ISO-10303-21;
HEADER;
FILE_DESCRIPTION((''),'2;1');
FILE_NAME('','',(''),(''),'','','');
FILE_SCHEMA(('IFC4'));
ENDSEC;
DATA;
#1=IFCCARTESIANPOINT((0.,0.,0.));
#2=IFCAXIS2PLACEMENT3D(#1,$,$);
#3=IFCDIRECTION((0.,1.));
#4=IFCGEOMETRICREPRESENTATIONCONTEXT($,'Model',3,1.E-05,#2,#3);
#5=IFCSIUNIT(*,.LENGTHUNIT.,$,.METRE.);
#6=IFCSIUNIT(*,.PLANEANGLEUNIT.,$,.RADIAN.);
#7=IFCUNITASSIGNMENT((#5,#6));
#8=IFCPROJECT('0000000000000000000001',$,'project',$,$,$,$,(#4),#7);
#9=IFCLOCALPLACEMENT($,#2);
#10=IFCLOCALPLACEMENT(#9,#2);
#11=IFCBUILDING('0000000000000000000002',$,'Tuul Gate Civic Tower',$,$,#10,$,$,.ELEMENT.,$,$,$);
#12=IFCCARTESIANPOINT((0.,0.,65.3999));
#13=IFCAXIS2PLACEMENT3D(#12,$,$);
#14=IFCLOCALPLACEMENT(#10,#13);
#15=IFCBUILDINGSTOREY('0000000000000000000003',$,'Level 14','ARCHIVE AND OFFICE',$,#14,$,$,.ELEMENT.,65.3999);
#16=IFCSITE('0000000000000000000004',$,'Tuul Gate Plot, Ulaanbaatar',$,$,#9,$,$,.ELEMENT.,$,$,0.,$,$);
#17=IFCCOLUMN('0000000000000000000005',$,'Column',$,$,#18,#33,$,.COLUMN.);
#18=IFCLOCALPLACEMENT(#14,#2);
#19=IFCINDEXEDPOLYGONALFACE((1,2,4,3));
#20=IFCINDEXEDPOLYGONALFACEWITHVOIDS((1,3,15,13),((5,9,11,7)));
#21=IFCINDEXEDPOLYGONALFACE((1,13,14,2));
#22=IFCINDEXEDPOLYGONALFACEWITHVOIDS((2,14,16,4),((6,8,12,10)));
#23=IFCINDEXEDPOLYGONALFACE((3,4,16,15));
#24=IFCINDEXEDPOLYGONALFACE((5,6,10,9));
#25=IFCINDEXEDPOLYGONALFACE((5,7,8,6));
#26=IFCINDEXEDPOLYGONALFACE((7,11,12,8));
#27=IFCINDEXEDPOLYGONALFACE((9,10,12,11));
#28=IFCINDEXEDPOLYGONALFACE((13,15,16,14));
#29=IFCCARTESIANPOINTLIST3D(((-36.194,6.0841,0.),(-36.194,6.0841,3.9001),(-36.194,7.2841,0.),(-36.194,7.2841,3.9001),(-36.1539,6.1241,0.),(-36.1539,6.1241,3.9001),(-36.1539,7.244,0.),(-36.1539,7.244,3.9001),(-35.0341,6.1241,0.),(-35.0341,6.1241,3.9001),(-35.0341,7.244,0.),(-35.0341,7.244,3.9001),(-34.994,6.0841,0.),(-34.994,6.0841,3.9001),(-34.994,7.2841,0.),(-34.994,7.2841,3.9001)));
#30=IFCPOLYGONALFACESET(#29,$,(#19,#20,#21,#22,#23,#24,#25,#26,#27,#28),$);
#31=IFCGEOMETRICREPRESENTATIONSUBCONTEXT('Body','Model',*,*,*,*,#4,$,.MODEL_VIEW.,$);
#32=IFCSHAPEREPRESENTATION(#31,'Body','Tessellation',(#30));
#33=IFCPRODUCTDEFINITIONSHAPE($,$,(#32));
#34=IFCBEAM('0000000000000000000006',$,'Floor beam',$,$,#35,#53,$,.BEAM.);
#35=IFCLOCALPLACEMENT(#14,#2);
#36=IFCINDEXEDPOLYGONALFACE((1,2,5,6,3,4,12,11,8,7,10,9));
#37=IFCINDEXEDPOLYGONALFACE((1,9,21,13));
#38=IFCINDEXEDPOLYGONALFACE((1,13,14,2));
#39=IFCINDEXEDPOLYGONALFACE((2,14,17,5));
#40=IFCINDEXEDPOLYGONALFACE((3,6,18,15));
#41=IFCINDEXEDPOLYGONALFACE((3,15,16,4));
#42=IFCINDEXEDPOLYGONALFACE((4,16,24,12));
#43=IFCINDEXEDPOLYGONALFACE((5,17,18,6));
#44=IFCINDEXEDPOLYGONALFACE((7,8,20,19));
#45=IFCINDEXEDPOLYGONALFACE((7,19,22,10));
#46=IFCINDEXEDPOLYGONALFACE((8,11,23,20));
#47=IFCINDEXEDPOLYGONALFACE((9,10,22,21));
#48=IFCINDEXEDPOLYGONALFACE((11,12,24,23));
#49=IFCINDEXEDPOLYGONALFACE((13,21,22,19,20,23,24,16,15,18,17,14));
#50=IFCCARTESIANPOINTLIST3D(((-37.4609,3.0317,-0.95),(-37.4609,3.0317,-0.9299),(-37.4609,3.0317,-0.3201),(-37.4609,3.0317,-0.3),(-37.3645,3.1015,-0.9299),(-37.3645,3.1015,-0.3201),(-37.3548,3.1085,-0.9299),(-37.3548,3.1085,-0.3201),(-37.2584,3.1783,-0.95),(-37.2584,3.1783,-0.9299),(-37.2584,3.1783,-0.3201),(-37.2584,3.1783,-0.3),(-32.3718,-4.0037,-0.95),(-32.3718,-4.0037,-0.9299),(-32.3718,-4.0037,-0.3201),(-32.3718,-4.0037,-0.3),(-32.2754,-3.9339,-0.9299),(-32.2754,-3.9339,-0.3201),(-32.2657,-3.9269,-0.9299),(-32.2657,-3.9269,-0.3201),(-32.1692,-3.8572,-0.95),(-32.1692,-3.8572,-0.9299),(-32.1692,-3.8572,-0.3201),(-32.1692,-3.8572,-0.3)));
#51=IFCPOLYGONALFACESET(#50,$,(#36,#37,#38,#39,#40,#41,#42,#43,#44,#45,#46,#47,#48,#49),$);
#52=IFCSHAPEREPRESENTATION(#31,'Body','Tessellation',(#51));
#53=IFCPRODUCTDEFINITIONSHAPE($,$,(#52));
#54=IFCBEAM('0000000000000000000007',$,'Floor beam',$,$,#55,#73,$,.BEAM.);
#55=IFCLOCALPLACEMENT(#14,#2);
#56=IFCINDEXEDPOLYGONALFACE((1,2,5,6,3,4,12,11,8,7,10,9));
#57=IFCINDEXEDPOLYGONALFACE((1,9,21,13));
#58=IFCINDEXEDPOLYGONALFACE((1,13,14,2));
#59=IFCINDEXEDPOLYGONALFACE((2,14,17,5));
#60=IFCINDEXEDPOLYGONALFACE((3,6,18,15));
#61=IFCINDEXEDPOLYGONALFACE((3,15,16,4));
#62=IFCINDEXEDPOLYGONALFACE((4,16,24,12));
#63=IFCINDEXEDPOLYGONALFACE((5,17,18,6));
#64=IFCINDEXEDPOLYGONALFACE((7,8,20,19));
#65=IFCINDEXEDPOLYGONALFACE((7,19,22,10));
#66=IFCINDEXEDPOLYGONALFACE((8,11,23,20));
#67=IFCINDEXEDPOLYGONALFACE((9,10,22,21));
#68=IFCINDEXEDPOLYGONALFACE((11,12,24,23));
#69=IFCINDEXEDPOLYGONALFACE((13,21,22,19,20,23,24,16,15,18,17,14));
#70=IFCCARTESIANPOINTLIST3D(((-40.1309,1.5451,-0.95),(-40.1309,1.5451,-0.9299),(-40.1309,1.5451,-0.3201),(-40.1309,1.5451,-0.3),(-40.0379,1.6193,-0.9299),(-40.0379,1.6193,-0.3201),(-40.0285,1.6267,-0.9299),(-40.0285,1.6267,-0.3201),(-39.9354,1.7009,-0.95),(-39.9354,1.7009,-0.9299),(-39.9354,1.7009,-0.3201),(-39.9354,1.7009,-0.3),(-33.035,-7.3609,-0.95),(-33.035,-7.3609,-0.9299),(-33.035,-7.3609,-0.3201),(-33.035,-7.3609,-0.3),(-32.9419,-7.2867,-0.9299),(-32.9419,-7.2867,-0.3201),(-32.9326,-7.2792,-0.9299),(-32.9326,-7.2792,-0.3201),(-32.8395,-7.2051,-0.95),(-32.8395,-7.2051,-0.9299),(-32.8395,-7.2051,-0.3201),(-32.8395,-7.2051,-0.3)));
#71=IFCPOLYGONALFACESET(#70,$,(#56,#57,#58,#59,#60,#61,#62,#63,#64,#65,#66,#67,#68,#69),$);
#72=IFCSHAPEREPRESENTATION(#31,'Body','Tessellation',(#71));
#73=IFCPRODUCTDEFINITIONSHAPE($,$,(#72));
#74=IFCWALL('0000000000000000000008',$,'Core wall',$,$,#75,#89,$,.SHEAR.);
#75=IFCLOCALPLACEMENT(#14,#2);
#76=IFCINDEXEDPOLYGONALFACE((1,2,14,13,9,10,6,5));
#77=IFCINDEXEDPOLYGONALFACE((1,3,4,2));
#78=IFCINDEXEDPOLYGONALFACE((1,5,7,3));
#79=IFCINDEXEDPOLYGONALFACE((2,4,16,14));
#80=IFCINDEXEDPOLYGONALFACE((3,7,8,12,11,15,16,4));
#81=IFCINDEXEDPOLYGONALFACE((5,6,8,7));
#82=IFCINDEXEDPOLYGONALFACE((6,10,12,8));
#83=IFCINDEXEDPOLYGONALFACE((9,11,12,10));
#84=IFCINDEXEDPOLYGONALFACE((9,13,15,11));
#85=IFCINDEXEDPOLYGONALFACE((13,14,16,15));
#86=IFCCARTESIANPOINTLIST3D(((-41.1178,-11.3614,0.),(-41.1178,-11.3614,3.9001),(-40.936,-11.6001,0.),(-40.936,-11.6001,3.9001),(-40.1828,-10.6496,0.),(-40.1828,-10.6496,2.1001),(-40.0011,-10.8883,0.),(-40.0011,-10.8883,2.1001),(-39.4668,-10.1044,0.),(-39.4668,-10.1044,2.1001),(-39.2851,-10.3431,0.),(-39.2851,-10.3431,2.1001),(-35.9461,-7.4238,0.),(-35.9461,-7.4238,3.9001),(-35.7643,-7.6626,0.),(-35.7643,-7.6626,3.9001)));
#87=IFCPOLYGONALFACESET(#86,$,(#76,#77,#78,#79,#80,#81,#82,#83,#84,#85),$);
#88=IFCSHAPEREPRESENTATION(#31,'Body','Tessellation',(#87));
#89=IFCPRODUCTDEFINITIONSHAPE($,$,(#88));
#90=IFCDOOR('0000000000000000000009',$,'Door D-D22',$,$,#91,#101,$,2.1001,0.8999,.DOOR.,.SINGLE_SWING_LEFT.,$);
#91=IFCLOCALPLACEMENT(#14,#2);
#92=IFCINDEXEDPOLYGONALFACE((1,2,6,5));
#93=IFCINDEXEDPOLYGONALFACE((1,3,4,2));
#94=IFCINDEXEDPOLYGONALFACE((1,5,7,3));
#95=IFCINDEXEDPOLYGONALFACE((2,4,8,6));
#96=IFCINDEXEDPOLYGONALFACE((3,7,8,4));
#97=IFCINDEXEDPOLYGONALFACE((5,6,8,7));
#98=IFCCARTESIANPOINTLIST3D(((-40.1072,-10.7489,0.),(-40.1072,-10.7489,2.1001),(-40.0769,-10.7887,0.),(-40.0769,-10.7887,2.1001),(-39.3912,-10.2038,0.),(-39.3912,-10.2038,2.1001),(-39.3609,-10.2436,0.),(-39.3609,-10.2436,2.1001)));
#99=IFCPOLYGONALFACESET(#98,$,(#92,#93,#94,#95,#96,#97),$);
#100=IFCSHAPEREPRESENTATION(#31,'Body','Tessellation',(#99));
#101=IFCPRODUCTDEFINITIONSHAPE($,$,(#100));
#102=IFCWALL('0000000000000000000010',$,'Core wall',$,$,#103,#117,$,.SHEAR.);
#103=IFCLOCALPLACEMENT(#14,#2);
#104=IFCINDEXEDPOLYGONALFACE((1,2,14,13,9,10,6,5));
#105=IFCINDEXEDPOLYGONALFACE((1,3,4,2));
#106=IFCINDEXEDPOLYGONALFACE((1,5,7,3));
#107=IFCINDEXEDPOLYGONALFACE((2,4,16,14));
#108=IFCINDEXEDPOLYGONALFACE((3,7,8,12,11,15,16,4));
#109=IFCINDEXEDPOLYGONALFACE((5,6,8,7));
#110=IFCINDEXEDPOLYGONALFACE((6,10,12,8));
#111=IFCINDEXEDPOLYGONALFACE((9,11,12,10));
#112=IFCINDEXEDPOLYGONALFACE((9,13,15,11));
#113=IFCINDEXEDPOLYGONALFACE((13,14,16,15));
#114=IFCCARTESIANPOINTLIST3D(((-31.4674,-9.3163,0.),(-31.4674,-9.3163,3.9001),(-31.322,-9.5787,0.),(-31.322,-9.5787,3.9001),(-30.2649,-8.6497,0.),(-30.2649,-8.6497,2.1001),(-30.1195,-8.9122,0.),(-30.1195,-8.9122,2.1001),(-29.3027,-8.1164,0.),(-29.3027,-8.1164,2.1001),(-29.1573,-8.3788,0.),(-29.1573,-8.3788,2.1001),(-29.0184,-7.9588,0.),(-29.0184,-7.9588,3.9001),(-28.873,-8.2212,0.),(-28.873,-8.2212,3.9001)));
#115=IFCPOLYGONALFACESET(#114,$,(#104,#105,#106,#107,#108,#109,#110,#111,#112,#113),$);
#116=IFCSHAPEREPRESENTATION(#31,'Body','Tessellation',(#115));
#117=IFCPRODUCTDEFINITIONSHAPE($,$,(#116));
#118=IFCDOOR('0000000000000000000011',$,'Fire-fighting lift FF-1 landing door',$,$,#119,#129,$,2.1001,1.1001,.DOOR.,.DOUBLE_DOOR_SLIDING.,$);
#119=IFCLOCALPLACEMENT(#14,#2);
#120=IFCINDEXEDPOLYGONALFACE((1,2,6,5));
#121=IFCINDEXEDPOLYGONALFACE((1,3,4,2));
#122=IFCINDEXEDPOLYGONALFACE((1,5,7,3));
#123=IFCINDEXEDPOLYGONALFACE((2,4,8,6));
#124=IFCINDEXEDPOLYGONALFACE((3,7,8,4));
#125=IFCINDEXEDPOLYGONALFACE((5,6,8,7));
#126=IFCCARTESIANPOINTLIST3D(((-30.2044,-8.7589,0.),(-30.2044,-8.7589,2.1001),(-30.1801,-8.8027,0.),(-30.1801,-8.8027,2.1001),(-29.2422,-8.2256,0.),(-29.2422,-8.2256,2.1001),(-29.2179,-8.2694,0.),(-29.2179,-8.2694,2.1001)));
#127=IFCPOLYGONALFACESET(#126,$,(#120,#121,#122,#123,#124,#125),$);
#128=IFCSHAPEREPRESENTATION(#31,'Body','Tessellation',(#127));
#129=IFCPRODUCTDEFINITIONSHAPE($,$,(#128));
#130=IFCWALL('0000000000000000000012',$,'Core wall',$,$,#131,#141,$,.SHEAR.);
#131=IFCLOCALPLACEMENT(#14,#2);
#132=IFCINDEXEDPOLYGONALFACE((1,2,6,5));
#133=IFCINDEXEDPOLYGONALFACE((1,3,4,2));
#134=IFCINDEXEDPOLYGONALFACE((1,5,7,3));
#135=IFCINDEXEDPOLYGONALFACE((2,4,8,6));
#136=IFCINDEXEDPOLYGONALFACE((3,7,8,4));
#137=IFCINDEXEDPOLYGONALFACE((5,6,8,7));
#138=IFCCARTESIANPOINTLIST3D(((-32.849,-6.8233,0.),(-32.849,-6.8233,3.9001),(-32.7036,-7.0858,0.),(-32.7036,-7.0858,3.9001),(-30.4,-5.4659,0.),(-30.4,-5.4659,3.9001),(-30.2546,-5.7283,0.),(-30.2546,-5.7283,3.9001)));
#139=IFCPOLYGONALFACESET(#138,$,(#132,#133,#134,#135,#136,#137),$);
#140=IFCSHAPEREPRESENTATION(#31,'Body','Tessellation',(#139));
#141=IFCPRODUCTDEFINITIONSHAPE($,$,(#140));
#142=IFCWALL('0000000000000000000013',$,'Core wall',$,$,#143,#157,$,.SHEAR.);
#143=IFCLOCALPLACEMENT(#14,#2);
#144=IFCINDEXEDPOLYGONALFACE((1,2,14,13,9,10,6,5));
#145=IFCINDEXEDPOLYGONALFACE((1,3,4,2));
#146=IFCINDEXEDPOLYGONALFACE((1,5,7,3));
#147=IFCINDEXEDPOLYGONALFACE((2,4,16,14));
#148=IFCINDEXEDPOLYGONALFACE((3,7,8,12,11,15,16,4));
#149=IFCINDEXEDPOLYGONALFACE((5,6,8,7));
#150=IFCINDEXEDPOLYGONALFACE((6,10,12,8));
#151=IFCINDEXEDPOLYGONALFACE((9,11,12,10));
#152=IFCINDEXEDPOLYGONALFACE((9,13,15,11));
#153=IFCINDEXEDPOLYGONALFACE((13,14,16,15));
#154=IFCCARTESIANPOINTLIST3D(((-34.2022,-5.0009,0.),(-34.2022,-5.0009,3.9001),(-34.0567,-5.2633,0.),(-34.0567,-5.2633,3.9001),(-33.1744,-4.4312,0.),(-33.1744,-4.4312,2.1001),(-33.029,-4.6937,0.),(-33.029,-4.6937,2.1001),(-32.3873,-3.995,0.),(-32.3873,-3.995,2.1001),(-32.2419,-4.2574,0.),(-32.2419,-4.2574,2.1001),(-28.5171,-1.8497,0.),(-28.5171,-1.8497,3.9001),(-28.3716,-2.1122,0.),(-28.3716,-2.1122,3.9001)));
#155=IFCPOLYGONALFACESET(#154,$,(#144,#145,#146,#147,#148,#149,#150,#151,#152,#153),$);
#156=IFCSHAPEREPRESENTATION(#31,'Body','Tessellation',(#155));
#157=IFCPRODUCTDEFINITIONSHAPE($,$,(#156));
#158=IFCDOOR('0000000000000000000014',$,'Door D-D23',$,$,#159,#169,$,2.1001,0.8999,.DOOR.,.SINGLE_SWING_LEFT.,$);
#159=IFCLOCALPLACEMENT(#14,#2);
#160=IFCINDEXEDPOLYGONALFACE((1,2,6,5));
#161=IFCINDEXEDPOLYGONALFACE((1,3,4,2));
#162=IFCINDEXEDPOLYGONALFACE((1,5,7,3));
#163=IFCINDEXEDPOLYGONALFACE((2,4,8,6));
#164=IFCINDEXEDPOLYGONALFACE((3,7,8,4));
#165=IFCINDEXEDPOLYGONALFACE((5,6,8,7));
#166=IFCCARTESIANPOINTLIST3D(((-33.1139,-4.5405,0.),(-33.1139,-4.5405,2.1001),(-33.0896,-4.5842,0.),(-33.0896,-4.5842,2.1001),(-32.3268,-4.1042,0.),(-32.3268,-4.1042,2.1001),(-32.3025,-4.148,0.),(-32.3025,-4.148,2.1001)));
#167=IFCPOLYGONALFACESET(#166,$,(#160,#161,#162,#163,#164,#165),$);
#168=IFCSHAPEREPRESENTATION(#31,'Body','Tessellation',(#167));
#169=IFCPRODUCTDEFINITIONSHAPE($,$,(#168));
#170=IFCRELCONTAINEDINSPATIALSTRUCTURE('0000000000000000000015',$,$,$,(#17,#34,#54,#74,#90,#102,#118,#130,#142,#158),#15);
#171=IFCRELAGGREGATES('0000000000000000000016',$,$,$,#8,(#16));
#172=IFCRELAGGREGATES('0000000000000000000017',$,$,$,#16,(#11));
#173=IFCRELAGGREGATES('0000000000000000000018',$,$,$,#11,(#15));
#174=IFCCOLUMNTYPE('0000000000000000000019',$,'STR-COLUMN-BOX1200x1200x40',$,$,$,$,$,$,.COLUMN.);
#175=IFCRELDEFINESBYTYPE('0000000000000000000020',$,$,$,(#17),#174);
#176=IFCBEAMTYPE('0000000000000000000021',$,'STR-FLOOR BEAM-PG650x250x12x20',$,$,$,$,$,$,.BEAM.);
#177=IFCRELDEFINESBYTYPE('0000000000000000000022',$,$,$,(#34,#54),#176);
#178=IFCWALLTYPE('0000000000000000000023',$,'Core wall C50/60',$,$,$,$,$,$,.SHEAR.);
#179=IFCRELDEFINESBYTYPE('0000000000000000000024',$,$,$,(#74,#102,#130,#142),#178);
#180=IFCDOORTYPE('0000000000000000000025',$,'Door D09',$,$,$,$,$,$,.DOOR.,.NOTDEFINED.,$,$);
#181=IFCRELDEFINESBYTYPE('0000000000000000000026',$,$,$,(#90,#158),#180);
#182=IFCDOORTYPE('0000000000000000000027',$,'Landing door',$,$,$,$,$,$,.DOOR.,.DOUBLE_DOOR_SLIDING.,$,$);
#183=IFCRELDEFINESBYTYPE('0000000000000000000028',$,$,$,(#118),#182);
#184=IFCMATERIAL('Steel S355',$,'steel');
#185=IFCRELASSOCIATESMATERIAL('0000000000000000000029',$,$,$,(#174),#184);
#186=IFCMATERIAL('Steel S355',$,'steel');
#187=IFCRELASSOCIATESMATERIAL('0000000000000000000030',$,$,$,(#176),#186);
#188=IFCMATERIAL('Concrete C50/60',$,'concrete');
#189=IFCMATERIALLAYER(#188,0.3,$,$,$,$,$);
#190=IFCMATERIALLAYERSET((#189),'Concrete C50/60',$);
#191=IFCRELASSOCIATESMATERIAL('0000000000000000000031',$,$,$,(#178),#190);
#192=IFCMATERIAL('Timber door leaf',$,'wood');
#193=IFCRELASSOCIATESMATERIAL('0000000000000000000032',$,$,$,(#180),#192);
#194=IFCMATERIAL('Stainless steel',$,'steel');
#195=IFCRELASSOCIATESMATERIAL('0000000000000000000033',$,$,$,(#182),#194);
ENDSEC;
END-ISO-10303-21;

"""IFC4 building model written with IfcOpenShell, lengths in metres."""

from ifc_helpers import new_model, si_unit, direction, frame, frame_2d, origin, origin_2d, place, context, subcontext, project, spatial, rectangle, hollow_rectangle, i_section, extrude, material, layer, layer_set, material_profile, profile_set, type_object, element, fill, save


model = new_model("IFC4")

# Units and contexts
model_context = context("Model", 3, precision=1e-05, world=origin(), true_north=direction((0.0, 1.0)))
body_context = subcontext(model_context, "Body", "Model", "MODEL_VIEW")
ifc_project = project(units=[si_unit("LENGTHUNIT", "METRE"), si_unit("PLANEANGLEUNIT", "RADIAN")], contexts=[model_context])

# Site, building, storey
site_placement = place(None, origin())
site = spatial("IfcSite", under=ifc_project, at=site_placement, Name="Tuul Gate Plot, Ulaanbaatar", CompositionType="ELEMENT", RefElevation=0.0)
building_placement = place(site_placement, origin())
building = spatial("IfcBuilding", under=site, at=building_placement, Name="Tuul Gate Civic Tower", CompositionType="ELEMENT")
storey_placement = place(building_placement, frame((0.0, 0.0, 65.3999)))
storey = spatial("IfcBuildingStorey", under=building, at=storey_placement, Name="Level 14", Description="ARCHIVE AND OFFICE", CompositionType="ELEMENT", Elevation=65.3999)

# Column
ifc_material_1 = material(Name="Steel S355", Category="steel")
ifc_material_profile_1 = material_profile(ifc_material_1, hollow_rectangle(XDim=1.2, YDim=1.2, WallThickness=0.04, at=origin_2d()), Name="BOX1200x1200x40")
ifc_profile_set_1 = profile_set([ifc_material_profile_1], Name="Steel S355")
column_type = type_object("IfcColumnType", Name="STR-COLUMN-BOX1200x1200x40", PredefinedType="COLUMN", material=ifc_profile_set_1)
column_placement = place(storey_placement, frame((-35.594, 6.6841, 0.0), z_axis=(0.0, 0.0, 1.0), x_axis=(1.0, 0.0, 0.0)))
element("IfcColumn", 1, at=column_placement, inside=storey, type_object=column_type, Name="Column", PredefinedType="COLUMN", context=body_context, shape_type="SweptSolid", body=[
    extrude(hollow_rectangle(XDim=1.2, YDim=1.2, WallThickness=0.04, at=origin_2d()), origin(), (0.0, 0.0, 1.0), 3.9001),
])

# Beams
ifc_material_2 = material(Name="Steel S355", Category="steel")
ifc_material_profile_2 = material_profile(ifc_material_2, i_section(OverallWidth=0.25, OverallDepth=0.6499, WebThickness=0.012, FlangeThickness=0.02, at=origin_2d()), Name="PG650x250x12x20")
ifc_profile_set_2 = profile_set([ifc_material_profile_2], Name="Steel S355")
beam_type = type_object("IfcBeamType", Name="STR-FLOOR BEAM-PG650x250x12x20", PredefinedType="BEAM", material=ifc_profile_set_2)
beam_1_placement = place(storey_placement, frame((-32.2705, -3.9304, -0.625), z_axis=(-0.586095, 0.810242, 0.0), x_axis=(-0.810242, -0.586095, 0.0)))
element("IfcBeam", 2, at=beam_1_placement, inside=storey, type_object=beam_type, Name="Floor beam", PredefinedType="BEAM", context=body_context, shape_type="SweptSolid", body=[
    extrude(i_section(OverallWidth=0.25, OverallDepth=0.6499, WebThickness=0.012, FlangeThickness=0.02, at=origin_2d()), origin(), (0.0, 0.0, 1.0), 8.6831),
])
beam_2_placement = place(storey_placement, frame((-32.9373, -7.283, -0.625), z_axis=(-0.623149, 0.782103, 0.0), x_axis=(-0.782103, -0.623149, 0.0)))
element("IfcBeam", 3, at=beam_2_placement, inside=storey, type_object=beam_type, Name="Floor beam", PredefinedType="BEAM", context=body_context, shape_type="SweptSolid", body=[
    extrude(i_section(OverallWidth=0.25, OverallDepth=0.6499, WebThickness=0.012, FlangeThickness=0.02, at=origin_2d()), origin(), (0.0, 0.0, 1.0), 11.3872),
])

# Walls, openings, doors
ifc_material_3 = material(Name="Concrete C50/60", Category="concrete")
ifc_layer_1 = layer(ifc_material_3, 0.3)
ifc_layer_set_1 = layer_set([ifc_layer_1], Name="Concrete C50/60")
wall_type_1 = type_object("IfcWallType", Name="Core wall C50/60", PredefinedType="SHEAR", material=ifc_layer_set_1)
wall_1_placement = place(storey_placement, frame((-35.8552, -7.5432, 0.0), z_axis=(0.0, 0.0, 1.0), x_axis=(-0.795639, -0.605772, 0.0)))
wall_1 = element("IfcWall", 4, at=wall_1_placement, inside=storey, type_object=wall_type_1, Name="Core wall", PredefinedType="SHEAR", context=body_context, shape_type="SweptSolid", body=[
    extrude(rectangle(XDim=6.5, YDim=0.3, at=frame_2d((3.25, 0.0))), origin(), (0.0, 0.0, 1.0), 3.9001),
])
opening_1_placement = place(wall_1_placement, frame((4.425, 0.0, 0.0)))
opening_1 = element("IfcOpeningElement", 5, at=opening_1_placement, cuts=wall_1, PredefinedType="OPENING", context=body_context, shape_type="SweptSolid", body=[
    extrude(rectangle(XDim=0.8999, YDim=2.1001, at=frame_2d((0.45, 1.05))), frame((0.0, 0.1602, 0.0), z_axis=(0.0, -1.0, 0.0), x_axis=(1.0, 0.0, 0.0)), (0.0, 0.0, 1.0), 0.3201),
])
ifc_material_4 = material(Name="Timber door leaf", Category="wood")
door_type_1 = type_object("IfcDoorType", Name="Door D09", OperationType="NOTDEFINED", PredefinedType="DOOR", material=ifc_material_4)
door_1_placement = place(opening_1_placement, origin())
door_1 = element("IfcDoor", 6, at=door_1_placement, inside=storey, type_object=door_type_1, Name="Door D-D22", OperationType="SINGLE_SWING_LEFT", OverallHeight=2.1001, OverallWidth=0.8999, PredefinedType="DOOR", context=body_context, shape_type="SweptSolid", body=[
    extrude(rectangle(XDim=0.8999, YDim=2.1001, at=frame_2d((0.45, 1.05))), frame((0.0, 0.0249, 0.0), z_axis=(0.0, -1.0, 0.0), x_axis=(1.0, 0.0, 0.0)), (0.0, 0.0, 1.0), 0.05),
])
fill(opening_1, door_1)
wall_2_placement = place(storey_placement, frame((-28.9458, -8.0901, 0.0), z_axis=(0.0, 0.0, 1.0), x_axis=(-0.87463, -0.484791, 0.0)))
wall_2 = element("IfcWall", 7, at=wall_2_placement, inside=storey, type_object=wall_type_1, Name="Core wall", PredefinedType="SHEAR", context=body_context, shape_type="SweptSolid", body=[
    extrude(rectangle(XDim=2.8, YDim=0.3, at=frame_2d((1.3999, 0.0))), origin(), (0.0, 0.0, 1.0), 3.9001),
])
opening_2_placement = place(wall_2_placement, frame((0.325, 0.0, 0.0)))
opening_2 = element("IfcOpeningElement", 8, at=opening_2_placement, cuts=wall_2, PredefinedType="OPENING", context=body_context, shape_type="SweptSolid", body=[
    extrude(rectangle(XDim=1.1001, YDim=2.1001, at=frame_2d((0.55, 1.05))), frame((0.0, 0.1602, 0.0), z_axis=(0.0, -1.0, 0.0), x_axis=(1.0, 0.0, 0.0)), (0.0, 0.0, 1.0), 0.3201),
])
ifc_material_5 = material(Name="Stainless steel", Category="steel")
door_type_2 = type_object("IfcDoorType", Name="Landing door", OperationType="DOUBLE_DOOR_SLIDING", PredefinedType="DOOR", material=ifc_material_5)
door_2_placement = place(opening_2_placement, origin())
door_2 = element("IfcDoor", 9, at=door_2_placement, inside=storey, type_object=door_type_2, Name="Fire-fighting lift FF-1 landing door", OperationType="DOUBLE_DOOR_SLIDING", OverallHeight=2.1001, OverallWidth=1.1001, PredefinedType="DOOR", context=body_context, shape_type="SweptSolid", body=[
    extrude(rectangle(XDim=1.1001, YDim=2.1001, at=frame_2d((0.55, 1.05))), frame((0.0, 0.0249, 0.0), z_axis=(0.0, -1.0, 0.0), x_axis=(1.0, 0.0, 0.0)), (0.0, 0.0, 1.0), 0.05),
])
fill(opening_2, door_2)

# Wall
wall_3_placement = place(storey_placement, frame((-30.3274, -5.5972, 0.0), z_axis=(0.0, 0.0, 1.0), x_axis=(-0.87463, -0.484791, 0.0)))
element("IfcWall", 10, at=wall_3_placement, inside=storey, type_object=wall_type_1, Name="Core wall", PredefinedType="SHEAR", context=body_context, shape_type="SweptSolid", body=[
    extrude(rectangle(XDim=2.8, YDim=0.3, at=frame_2d((1.3999, 0.0))), origin(), (0.0, 0.0, 1.0), 3.9001),
])

# Wall, opening, door
wall_4_placement = place(storey_placement, frame((-28.4443, -1.981, 0.0), z_axis=(0.0, 0.0, 1.0), x_axis=(-0.87463, -0.484791, 0.0)))
wall_4 = element("IfcWall", 11, at=wall_4_placement, inside=storey, type_object=wall_type_1, Name="Core wall", PredefinedType="SHEAR", context=body_context, shape_type="SweptSolid", body=[
    extrude(rectangle(XDim=6.5, YDim=0.3, at=frame_2d((3.25, 0.0))), origin(), (0.0, 0.0, 1.0), 3.9001),
])
opening_3_placement = place(wall_4_placement, frame((4.425, 0.0, 0.0)))
opening_3 = element("IfcOpeningElement", 12, at=opening_3_placement, cuts=wall_4, PredefinedType="OPENING", context=body_context, shape_type="SweptSolid", body=[
    extrude(rectangle(XDim=0.8999, YDim=2.1001, at=frame_2d((0.45, 1.05))), frame((0.0, 0.1602, 0.0), z_axis=(0.0, -1.0, 0.0), x_axis=(1.0, 0.0, 0.0)), (0.0, 0.0, 1.0), 0.3201),
])
door_3_placement = place(opening_3_placement, origin())
door_3 = element("IfcDoor", 13, at=door_3_placement, inside=storey, type_object=door_type_1, Name="Door D-D23", OperationType="SINGLE_SWING_LEFT", OverallHeight=2.1001, OverallWidth=0.8999, PredefinedType="DOOR", context=body_context, shape_type="SweptSolid", body=[
    extrude(rectangle(XDim=0.8999, YDim=2.1001, at=frame_2d((0.45, 1.05))), frame((0.0, 0.0249, 0.0), z_axis=(0.0, -1.0, 0.0), x_axis=(1.0, 0.0, 0.0)), (0.0, 0.0, 1.0), 0.05),
])
fill(opening_3, door_3)

save(model, "model.ifc")
